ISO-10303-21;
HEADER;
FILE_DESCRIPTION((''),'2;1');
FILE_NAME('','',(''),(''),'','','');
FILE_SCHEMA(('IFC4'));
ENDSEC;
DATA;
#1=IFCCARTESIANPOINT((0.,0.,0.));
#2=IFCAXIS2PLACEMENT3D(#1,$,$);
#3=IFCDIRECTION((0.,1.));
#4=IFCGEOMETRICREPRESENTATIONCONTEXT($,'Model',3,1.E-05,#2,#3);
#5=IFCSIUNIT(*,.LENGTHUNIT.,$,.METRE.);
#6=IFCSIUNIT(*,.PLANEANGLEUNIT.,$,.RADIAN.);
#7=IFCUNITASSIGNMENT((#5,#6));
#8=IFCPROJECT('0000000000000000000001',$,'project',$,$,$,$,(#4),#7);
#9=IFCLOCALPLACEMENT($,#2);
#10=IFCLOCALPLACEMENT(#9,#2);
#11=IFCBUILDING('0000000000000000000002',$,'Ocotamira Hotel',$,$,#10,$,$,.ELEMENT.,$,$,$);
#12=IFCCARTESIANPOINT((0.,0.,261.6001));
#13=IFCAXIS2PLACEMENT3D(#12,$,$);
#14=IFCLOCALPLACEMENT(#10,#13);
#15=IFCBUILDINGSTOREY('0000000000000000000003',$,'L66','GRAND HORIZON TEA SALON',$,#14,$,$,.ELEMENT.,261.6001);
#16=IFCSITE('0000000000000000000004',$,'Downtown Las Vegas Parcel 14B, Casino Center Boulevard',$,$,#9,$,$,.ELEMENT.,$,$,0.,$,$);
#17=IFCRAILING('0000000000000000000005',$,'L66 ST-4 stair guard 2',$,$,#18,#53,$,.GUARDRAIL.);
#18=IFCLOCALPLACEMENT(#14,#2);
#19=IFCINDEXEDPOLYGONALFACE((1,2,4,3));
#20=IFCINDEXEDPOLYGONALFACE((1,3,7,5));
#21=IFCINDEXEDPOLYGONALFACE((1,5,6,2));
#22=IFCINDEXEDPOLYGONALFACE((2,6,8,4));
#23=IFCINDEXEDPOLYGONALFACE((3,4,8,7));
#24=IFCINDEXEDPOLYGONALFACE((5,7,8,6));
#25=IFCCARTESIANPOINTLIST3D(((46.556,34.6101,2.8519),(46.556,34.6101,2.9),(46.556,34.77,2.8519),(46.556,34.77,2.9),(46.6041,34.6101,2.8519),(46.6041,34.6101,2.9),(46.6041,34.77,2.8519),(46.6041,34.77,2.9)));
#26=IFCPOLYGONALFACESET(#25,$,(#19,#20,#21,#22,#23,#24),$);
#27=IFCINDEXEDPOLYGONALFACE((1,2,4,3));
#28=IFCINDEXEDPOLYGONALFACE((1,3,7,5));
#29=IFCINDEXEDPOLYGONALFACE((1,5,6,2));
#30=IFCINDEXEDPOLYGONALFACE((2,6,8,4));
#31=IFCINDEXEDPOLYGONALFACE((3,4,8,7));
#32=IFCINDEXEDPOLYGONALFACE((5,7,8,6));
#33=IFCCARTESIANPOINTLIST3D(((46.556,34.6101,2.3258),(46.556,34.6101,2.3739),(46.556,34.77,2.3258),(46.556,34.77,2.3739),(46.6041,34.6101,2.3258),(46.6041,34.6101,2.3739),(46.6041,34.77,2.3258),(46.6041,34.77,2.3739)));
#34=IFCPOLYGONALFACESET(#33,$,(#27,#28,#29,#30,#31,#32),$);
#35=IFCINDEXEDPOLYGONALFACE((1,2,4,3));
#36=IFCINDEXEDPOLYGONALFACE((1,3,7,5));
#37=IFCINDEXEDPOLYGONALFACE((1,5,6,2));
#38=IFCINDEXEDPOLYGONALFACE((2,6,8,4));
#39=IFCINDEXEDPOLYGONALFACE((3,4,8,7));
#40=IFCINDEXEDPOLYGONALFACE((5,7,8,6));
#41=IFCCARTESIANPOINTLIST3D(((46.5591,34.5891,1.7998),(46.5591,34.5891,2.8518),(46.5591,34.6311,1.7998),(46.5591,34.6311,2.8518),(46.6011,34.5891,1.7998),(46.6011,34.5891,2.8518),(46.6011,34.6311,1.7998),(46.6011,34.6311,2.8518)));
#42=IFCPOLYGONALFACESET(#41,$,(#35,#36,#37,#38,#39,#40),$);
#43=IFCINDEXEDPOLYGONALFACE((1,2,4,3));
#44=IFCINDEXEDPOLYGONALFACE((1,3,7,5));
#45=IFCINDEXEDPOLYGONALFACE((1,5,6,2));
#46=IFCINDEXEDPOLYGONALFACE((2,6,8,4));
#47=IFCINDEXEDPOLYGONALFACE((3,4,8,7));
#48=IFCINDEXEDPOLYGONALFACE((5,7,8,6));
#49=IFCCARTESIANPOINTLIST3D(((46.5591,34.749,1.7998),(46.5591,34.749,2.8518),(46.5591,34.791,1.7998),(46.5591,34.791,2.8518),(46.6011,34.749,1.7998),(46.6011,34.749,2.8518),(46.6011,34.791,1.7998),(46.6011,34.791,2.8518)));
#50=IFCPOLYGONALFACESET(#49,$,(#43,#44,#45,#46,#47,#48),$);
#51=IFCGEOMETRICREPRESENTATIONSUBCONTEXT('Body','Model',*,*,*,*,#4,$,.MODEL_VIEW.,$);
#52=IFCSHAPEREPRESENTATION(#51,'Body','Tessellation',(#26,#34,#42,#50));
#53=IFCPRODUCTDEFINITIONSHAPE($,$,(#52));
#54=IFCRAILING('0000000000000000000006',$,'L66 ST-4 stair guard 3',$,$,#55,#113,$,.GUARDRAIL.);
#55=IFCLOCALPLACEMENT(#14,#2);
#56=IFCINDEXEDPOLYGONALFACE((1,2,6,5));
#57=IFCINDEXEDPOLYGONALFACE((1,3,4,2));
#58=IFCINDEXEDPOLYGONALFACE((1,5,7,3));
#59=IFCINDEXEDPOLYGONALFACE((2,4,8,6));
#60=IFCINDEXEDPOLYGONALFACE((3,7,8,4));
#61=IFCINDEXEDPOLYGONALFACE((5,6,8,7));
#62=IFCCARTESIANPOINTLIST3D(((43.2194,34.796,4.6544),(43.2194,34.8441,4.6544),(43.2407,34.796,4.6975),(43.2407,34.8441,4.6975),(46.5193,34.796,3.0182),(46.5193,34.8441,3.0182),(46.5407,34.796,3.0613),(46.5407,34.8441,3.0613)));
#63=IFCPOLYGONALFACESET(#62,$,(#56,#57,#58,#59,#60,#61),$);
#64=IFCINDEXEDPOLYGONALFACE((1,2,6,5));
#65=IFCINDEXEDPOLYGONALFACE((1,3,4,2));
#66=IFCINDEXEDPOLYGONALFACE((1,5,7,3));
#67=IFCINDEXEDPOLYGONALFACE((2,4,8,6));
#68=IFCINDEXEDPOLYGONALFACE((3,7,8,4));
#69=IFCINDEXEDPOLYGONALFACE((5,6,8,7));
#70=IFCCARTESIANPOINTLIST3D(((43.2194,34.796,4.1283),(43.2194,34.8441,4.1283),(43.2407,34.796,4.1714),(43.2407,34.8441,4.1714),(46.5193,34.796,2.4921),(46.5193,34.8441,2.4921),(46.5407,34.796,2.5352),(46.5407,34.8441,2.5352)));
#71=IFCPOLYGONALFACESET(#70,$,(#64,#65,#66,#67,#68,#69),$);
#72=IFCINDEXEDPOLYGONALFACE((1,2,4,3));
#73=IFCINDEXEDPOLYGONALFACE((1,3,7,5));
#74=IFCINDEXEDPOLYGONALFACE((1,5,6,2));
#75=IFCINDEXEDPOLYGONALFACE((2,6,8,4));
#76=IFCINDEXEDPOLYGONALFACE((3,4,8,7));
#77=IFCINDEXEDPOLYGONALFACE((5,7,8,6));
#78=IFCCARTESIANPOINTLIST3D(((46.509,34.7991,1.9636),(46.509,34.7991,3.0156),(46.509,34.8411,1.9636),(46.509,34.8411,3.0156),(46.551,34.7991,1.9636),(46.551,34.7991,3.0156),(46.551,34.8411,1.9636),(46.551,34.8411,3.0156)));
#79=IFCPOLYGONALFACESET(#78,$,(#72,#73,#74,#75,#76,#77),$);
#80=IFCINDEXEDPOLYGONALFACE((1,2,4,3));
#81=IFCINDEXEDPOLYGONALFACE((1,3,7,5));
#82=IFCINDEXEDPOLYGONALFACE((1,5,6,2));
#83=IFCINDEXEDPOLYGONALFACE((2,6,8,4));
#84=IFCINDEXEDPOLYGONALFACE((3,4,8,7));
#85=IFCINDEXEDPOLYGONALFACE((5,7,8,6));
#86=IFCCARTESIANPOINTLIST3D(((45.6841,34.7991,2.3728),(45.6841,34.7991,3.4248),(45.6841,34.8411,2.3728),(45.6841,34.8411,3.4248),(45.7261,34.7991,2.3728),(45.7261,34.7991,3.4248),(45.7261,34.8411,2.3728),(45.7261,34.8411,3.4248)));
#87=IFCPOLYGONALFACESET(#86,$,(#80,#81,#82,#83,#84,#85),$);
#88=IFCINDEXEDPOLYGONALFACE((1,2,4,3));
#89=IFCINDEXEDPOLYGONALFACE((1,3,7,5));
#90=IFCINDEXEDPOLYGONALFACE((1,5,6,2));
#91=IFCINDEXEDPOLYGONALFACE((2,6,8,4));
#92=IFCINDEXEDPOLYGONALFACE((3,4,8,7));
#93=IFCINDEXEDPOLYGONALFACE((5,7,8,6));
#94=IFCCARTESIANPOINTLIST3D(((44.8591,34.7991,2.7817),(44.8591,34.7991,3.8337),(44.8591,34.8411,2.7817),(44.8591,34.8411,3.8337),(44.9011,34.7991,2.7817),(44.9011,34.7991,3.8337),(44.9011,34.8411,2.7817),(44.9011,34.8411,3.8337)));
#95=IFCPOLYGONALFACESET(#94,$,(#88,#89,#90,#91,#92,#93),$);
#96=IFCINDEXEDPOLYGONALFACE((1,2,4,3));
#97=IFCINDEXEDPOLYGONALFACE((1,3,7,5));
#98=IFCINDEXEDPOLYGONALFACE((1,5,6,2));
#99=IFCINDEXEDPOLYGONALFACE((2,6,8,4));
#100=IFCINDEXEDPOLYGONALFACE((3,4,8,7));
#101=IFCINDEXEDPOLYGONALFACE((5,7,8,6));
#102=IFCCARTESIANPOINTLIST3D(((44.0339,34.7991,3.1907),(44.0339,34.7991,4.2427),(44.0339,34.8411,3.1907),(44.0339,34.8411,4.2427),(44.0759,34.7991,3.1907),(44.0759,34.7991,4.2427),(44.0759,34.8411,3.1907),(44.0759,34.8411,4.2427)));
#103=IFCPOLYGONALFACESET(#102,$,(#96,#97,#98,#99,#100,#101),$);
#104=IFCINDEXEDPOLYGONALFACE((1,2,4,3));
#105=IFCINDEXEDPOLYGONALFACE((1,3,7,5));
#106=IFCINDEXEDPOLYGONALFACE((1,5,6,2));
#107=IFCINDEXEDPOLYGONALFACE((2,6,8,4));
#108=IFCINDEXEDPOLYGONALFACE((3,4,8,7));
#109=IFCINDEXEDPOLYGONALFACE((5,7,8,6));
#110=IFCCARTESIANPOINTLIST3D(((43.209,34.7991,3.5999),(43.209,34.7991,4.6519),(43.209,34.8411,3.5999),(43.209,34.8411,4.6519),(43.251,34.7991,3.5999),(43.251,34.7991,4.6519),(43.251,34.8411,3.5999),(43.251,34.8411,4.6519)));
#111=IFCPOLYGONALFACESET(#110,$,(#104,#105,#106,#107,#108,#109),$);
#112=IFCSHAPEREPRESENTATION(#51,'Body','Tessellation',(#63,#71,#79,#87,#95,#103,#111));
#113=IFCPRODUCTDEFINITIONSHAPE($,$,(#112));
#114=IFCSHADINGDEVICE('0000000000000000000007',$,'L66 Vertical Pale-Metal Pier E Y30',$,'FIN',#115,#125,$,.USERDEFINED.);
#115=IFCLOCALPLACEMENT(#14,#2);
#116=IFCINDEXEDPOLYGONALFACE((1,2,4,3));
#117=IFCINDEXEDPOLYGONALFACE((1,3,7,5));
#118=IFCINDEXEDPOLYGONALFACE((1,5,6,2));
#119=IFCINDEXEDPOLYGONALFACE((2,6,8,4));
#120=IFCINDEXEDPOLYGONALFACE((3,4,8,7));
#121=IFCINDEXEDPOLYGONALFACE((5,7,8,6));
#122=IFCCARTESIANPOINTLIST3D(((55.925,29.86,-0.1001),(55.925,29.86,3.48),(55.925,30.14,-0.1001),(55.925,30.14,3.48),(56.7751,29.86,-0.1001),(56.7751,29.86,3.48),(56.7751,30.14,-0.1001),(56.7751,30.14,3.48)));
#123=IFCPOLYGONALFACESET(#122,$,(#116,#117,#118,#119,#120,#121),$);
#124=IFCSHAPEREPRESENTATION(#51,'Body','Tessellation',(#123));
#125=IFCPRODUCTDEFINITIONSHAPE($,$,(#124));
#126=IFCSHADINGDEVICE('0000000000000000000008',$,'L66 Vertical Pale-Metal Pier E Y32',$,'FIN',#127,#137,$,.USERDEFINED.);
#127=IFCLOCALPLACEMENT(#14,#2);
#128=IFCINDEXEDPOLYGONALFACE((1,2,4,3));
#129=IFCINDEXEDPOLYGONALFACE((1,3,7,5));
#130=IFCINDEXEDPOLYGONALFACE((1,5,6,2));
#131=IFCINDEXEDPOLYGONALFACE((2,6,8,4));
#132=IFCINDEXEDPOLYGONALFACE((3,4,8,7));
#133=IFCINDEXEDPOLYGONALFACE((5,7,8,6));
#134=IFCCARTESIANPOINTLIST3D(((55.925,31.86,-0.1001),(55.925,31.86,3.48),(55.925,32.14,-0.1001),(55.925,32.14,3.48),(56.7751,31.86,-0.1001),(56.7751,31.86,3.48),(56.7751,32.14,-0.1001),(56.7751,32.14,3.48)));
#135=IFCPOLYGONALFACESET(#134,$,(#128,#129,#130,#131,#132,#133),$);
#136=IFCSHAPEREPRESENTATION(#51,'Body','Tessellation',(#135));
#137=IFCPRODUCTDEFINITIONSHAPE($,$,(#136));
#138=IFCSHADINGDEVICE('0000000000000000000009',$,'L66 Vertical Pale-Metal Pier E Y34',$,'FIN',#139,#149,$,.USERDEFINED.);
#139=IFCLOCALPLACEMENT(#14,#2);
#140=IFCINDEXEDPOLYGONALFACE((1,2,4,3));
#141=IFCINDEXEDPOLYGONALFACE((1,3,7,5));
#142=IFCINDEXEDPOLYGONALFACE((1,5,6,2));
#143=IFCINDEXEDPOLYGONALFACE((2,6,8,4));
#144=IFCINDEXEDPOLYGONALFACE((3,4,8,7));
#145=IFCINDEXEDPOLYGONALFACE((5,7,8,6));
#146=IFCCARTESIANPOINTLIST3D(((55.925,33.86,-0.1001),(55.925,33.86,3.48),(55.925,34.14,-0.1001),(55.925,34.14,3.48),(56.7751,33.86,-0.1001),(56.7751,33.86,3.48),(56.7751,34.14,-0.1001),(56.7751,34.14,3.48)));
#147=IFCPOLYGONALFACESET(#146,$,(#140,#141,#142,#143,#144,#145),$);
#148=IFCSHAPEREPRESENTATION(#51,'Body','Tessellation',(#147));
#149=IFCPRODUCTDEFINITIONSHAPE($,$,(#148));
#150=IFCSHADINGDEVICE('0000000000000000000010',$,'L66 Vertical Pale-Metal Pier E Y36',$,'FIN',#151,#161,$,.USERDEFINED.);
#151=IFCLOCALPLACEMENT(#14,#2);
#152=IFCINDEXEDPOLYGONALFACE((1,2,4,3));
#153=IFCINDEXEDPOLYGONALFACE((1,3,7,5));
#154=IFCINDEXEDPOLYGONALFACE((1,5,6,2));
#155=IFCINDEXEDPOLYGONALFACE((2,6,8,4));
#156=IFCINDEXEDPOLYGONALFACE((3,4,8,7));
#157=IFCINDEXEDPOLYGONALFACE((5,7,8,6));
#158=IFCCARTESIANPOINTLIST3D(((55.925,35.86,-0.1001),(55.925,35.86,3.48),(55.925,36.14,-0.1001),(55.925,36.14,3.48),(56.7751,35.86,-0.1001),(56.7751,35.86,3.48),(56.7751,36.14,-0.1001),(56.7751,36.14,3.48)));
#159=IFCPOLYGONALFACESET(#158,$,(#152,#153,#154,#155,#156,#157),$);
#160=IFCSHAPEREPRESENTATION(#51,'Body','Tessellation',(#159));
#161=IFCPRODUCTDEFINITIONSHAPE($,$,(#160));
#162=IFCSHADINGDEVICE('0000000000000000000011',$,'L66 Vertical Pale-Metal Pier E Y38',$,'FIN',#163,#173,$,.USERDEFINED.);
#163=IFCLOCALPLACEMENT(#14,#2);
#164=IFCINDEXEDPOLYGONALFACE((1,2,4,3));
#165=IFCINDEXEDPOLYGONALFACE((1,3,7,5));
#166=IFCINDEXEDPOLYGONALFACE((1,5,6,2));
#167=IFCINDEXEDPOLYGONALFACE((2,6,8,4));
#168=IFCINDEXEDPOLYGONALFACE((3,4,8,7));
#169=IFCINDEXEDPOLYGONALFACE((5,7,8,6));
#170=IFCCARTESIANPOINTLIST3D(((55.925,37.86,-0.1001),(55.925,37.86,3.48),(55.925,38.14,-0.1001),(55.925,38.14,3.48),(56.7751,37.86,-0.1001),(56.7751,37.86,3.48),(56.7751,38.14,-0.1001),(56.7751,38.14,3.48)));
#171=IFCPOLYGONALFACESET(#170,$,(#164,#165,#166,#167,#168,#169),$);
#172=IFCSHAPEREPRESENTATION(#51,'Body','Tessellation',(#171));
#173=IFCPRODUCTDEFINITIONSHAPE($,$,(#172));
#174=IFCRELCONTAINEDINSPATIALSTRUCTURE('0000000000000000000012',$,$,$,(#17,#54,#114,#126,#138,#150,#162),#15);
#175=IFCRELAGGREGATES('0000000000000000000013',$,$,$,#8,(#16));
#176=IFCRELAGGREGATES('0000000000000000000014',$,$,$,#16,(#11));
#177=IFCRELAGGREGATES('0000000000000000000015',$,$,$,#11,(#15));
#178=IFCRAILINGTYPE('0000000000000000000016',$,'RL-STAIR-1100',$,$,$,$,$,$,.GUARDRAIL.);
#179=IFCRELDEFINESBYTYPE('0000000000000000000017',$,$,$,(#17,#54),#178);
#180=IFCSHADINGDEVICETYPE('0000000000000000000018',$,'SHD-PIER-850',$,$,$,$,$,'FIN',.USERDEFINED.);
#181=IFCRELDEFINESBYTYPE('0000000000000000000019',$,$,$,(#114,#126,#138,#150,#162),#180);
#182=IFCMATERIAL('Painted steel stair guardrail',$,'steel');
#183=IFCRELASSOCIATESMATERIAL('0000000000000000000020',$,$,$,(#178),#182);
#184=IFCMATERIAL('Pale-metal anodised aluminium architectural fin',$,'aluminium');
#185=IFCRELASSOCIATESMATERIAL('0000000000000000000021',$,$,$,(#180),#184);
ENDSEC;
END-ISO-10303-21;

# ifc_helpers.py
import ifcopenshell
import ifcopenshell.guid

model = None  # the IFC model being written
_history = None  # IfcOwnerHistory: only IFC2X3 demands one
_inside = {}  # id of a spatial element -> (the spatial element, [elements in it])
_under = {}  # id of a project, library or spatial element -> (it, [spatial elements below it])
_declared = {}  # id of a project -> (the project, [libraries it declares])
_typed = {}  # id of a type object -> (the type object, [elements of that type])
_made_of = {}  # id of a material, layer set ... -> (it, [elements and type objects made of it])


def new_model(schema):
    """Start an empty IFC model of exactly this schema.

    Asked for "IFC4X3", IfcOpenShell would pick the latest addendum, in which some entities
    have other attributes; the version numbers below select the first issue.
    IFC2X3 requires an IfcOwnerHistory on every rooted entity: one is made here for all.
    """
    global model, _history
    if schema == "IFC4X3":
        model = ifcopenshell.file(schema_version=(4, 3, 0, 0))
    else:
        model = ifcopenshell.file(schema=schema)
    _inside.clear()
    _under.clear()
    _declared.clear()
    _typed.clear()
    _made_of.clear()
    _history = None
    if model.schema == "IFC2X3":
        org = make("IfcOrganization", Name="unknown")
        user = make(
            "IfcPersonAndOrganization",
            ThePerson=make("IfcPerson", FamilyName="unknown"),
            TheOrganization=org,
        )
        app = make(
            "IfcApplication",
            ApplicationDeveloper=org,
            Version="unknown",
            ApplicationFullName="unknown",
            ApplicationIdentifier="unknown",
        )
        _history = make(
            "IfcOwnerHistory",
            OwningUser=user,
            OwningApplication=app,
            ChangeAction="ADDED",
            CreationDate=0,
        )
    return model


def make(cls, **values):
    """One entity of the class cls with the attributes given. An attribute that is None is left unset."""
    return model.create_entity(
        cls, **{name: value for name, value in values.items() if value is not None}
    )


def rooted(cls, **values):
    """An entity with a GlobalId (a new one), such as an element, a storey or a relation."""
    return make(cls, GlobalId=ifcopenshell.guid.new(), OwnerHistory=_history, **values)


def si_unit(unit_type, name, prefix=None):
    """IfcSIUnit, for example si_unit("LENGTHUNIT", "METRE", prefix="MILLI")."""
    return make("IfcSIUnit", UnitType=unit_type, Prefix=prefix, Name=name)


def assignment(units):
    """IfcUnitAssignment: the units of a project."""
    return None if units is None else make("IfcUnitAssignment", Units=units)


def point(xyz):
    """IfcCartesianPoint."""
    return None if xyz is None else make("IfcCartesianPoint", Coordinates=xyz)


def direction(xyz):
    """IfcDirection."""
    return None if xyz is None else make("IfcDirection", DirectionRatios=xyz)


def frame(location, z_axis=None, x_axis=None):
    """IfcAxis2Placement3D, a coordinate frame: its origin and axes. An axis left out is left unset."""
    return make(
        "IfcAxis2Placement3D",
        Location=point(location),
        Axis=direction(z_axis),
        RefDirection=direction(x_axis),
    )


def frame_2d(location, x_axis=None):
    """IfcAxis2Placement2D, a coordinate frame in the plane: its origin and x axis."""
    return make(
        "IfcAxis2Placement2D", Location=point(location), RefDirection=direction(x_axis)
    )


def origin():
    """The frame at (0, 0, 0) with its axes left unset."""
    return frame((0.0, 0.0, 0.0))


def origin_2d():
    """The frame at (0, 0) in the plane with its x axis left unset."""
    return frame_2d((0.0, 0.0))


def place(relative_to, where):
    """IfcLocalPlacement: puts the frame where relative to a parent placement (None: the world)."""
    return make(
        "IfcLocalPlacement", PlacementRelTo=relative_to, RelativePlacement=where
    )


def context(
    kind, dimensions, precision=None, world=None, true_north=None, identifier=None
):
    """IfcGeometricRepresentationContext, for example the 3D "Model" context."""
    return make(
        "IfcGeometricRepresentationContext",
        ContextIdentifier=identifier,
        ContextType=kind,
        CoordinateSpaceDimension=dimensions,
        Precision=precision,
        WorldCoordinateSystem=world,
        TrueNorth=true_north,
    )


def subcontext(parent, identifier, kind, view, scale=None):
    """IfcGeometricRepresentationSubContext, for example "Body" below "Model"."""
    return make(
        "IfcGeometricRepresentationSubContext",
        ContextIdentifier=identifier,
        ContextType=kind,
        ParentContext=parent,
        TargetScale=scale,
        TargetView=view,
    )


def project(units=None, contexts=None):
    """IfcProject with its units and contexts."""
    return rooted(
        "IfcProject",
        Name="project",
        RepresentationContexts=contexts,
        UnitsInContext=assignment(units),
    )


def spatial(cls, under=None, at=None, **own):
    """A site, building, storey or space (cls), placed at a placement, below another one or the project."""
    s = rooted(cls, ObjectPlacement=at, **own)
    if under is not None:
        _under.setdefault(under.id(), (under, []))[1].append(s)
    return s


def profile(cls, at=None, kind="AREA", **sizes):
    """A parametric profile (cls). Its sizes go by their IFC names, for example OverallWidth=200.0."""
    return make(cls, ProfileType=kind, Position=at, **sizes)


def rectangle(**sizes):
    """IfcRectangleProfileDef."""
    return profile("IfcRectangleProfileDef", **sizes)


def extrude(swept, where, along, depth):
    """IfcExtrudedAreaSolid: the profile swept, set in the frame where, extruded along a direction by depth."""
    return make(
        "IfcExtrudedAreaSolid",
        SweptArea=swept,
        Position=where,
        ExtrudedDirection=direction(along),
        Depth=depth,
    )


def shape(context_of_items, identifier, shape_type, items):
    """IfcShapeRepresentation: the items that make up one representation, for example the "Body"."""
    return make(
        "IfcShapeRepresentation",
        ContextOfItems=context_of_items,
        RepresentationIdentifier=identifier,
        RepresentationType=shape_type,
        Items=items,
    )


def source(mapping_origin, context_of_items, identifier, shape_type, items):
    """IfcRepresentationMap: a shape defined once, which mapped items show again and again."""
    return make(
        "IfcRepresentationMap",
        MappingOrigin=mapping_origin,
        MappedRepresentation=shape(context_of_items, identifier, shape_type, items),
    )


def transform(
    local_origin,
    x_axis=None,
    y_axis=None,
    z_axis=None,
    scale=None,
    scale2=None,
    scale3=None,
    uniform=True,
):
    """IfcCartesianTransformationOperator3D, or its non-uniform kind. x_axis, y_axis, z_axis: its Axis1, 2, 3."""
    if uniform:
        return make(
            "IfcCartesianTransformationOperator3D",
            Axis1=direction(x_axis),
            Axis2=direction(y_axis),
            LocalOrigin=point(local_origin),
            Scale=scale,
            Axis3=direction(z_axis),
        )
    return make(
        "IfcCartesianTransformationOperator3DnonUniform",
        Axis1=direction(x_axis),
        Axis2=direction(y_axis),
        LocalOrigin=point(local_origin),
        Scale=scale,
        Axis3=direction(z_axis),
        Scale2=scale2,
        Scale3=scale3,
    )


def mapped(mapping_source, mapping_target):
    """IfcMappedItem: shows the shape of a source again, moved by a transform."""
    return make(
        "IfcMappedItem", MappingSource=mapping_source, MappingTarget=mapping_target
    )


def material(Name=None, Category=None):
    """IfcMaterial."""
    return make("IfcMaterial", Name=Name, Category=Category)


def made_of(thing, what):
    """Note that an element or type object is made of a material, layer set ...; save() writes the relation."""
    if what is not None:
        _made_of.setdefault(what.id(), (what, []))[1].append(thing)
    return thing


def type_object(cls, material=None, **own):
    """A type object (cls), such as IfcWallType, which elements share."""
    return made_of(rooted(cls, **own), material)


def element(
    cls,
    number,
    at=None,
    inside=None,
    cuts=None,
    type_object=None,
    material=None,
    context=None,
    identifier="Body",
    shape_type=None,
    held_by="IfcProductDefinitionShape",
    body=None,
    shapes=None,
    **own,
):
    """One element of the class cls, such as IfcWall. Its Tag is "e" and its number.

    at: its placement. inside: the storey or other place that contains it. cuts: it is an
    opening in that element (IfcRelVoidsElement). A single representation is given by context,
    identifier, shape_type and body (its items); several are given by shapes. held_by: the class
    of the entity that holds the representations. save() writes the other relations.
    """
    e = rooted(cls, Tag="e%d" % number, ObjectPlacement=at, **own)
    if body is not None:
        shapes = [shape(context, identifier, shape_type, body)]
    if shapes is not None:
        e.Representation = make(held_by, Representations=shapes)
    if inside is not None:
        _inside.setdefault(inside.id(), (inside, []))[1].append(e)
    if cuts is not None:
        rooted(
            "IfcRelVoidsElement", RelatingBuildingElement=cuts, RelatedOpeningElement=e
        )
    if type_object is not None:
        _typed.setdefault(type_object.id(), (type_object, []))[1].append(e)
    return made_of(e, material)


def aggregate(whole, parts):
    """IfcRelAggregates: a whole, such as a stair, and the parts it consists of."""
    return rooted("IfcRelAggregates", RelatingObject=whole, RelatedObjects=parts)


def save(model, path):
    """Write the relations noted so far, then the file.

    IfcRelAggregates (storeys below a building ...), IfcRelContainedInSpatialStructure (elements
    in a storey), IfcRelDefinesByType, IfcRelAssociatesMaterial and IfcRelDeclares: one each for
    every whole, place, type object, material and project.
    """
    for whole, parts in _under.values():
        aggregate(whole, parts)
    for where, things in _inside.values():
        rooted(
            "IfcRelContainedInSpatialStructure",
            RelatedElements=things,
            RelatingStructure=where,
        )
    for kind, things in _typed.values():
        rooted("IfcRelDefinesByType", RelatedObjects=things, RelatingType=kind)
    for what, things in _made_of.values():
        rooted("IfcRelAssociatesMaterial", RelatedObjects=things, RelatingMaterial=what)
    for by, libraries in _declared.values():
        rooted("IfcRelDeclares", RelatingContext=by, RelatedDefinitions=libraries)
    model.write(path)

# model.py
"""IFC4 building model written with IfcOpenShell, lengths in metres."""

from ifc_helpers import new_model, si_unit, direction, frame, origin, origin_2d, place, context, subcontext, project, spatial, rectangle, extrude, source, transform, mapped, material, type_object, element, save


model = new_model("IFC4")

# Units and contexts
model_context = context("Model", 3, precision=1e-05, world=origin(), true_north=direction((0.0, 1.0)))
body_context = subcontext(model_context, "Body", "Model", "MODEL_VIEW")
ifc_project = project(units=[si_unit("LENGTHUNIT", "METRE"), si_unit("PLANEANGLEUNIT", "RADIAN")], contexts=[model_context])

# Site, building, storey
site_placement = place(None, origin())
site = spatial("IfcSite", under=ifc_project, at=site_placement, Name="Downtown Las Vegas Parcel 14B, Casino Center Boulevard", CompositionType="ELEMENT", RefElevation=0.0)
building_placement = place(site_placement, origin())
building = spatial("IfcBuilding", under=site, at=building_placement, Name="Ocotamira Hotel", CompositionType="ELEMENT")
storey_placement = place(building_placement, frame((0.0, 0.0, 261.6001)))
storey = spatial("IfcBuildingStorey", under=building, at=storey_placement, Name="L66", Description="GRAND HORIZON TEA SALON", CompositionType="ELEMENT", Elevation=261.6001)

# Railings
ifc_material_1 = material(Name="Painted steel stair guardrail", Category="steel")
railing_type_1 = type_object("IfcRailingType", Name="RL-STAIR-1100", PredefinedType="GUARDRAIL", material=ifc_material_1)
railing_1_placement = place(storey_placement, frame((46.5801, 34.6101, 1.7998)))
element("IfcRailing", 1, at=railing_1_placement, inside=storey, type_object=railing_type_1, Name="L66 ST-4 stair guard 2", PredefinedType="GUARDRAIL", context=body_context, shape_type="SweptSolid", body=[
    extrude(rectangle(XDim=0.0481, YDim=0.0481, at=origin_2d()), frame((0.0, 0.0, 1.0762), z_axis=(0.0, 1.0, 0.0), x_axis=(-1.0, 0.0, 0.0)), (0.0, 0.0, 1.0), 0.1599),
    extrude(rectangle(XDim=0.0481, YDim=0.0481, at=origin_2d()), frame((0.0, 0.0, 0.55), z_axis=(0.0, 1.0, 0.0), x_axis=(-1.0, 0.0, 0.0)), (0.0, 0.0, 1.0), 0.1599),
    extrude(rectangle(XDim=0.042, YDim=0.042, at=origin_2d()), origin(), (0.0, 0.0, 1.0), 1.052),
    extrude(rectangle(XDim=0.042, YDim=0.042, at=origin_2d()), frame((0.0, 0.1599, 0.0)), (0.0, 0.0, 1.0), 1.052),
])
railing_2_placement = place(storey_placement, frame((46.53, 34.8201, 1.9636)))
element("IfcRailing", 2, at=railing_2_placement, inside=storey, type_object=railing_type_1, Name="L66 ST-4 stair guard 3", PredefinedType="GUARDRAIL", context=body_context, shape_type="SweptSolid", body=[
    extrude(rectangle(XDim=0.0481, YDim=0.0481, at=origin_2d()), frame((0.0, 0.0, 1.0762), z_axis=(-0.89592, 0.0, 0.444215), x_axis=(0.0, -1.0, 0.0)), (0.0, 0.0, 1.0), 3.6833),
    extrude(rectangle(XDim=0.0481, YDim=0.0481, at=origin_2d()), frame((0.0, 0.0, 0.55), z_axis=(-0.89592, 0.0, 0.444215), x_axis=(0.0, -1.0, 0.0)), (0.0, 0.0, 1.0), 3.6833),
    extrude(rectangle(XDim=0.042, YDim=0.042, at=origin_2d()), origin(), (0.0, 0.0, 1.0), 1.052),
    extrude(rectangle(XDim=0.042, YDim=0.042, at=origin_2d()), frame((-0.825, 0.0, 0.4092)), (0.0, 0.0, 1.0), 1.052),
    extrude(rectangle(XDim=0.042, YDim=0.042, at=origin_2d()), frame((-1.6499, 0.0, 0.8181)), (0.0, 0.0, 1.0), 1.052),
    extrude(rectangle(XDim=0.042, YDim=0.042, at=origin_2d()), frame((-2.4751, 0.0, 1.2271)), (0.0, 0.0, 1.0), 1.052),
    extrude(rectangle(XDim=0.042, YDim=0.042, at=origin_2d()), frame((-3.3, 0.0, 1.6362)), (0.0, 0.0, 1.0), 1.052),
])

# Shading devices
ifc_material_2 = material(Name="Pale-metal anodised aluminium architectural fin", Category="aluminium")
shading_device_type = type_object("IfcShadingDeviceType", Name="SHD-PIER-850", ElementType="FIN", PredefinedType="USERDEFINED", material=ifc_material_2)
shared_shape_1 = source(origin(), body_context, "Body", "SweptSolid", [
    extrude(rectangle(XDim=0.8501, YDim=0.28, at=origin_2d()), origin(), (0.0, 0.0, 1.0), 3.5801),
])
for number, where, z_axis, x_axis, name in (
    (3, (56.3501, 30.0, -0.1001), (0.0, 0.0, 1.0), (1.0, 0.0, 0.0), "L66 Vertical Pale-Metal Pier E Y30"),
    (4, (56.3501, 32.0, -0.1001), (0.0, 0.0, 1.0), (1.0, 0.0, 0.0), "L66 Vertical Pale-Metal Pier E Y32"),
    (5, (56.3501, 34.0, -0.1001), (0.0, 0.0, 1.0), (1.0, 0.0, 0.0), "L66 Vertical Pale-Metal Pier E Y34"),
    (6, (56.3501, 36.0, -0.1001), (0.0, 0.0, 1.0), (1.0, 0.0, 0.0), "L66 Vertical Pale-Metal Pier E Y36"),
    (7, (56.3501, 38.0, -0.1001), (0.0, 0.0, 1.0), (1.0, 0.0, 0.0), "L66 Vertical Pale-Metal Pier E Y38"),
):
    element("IfcShadingDevice", number, at=place(storey_placement, frame(where, z_axis=z_axis, x_axis=x_axis)), inside=storey, type_object=shading_device_type, Name=name, ObjectType="FIN", PredefinedType="USERDEFINED", context=body_context, shape_type="MappedRepresentation", body=[
        mapped(shared_shape_1, transform((0.0, 0.0, 0.0), scale=1.0)),
    ])

save(model, "model.ifc")
